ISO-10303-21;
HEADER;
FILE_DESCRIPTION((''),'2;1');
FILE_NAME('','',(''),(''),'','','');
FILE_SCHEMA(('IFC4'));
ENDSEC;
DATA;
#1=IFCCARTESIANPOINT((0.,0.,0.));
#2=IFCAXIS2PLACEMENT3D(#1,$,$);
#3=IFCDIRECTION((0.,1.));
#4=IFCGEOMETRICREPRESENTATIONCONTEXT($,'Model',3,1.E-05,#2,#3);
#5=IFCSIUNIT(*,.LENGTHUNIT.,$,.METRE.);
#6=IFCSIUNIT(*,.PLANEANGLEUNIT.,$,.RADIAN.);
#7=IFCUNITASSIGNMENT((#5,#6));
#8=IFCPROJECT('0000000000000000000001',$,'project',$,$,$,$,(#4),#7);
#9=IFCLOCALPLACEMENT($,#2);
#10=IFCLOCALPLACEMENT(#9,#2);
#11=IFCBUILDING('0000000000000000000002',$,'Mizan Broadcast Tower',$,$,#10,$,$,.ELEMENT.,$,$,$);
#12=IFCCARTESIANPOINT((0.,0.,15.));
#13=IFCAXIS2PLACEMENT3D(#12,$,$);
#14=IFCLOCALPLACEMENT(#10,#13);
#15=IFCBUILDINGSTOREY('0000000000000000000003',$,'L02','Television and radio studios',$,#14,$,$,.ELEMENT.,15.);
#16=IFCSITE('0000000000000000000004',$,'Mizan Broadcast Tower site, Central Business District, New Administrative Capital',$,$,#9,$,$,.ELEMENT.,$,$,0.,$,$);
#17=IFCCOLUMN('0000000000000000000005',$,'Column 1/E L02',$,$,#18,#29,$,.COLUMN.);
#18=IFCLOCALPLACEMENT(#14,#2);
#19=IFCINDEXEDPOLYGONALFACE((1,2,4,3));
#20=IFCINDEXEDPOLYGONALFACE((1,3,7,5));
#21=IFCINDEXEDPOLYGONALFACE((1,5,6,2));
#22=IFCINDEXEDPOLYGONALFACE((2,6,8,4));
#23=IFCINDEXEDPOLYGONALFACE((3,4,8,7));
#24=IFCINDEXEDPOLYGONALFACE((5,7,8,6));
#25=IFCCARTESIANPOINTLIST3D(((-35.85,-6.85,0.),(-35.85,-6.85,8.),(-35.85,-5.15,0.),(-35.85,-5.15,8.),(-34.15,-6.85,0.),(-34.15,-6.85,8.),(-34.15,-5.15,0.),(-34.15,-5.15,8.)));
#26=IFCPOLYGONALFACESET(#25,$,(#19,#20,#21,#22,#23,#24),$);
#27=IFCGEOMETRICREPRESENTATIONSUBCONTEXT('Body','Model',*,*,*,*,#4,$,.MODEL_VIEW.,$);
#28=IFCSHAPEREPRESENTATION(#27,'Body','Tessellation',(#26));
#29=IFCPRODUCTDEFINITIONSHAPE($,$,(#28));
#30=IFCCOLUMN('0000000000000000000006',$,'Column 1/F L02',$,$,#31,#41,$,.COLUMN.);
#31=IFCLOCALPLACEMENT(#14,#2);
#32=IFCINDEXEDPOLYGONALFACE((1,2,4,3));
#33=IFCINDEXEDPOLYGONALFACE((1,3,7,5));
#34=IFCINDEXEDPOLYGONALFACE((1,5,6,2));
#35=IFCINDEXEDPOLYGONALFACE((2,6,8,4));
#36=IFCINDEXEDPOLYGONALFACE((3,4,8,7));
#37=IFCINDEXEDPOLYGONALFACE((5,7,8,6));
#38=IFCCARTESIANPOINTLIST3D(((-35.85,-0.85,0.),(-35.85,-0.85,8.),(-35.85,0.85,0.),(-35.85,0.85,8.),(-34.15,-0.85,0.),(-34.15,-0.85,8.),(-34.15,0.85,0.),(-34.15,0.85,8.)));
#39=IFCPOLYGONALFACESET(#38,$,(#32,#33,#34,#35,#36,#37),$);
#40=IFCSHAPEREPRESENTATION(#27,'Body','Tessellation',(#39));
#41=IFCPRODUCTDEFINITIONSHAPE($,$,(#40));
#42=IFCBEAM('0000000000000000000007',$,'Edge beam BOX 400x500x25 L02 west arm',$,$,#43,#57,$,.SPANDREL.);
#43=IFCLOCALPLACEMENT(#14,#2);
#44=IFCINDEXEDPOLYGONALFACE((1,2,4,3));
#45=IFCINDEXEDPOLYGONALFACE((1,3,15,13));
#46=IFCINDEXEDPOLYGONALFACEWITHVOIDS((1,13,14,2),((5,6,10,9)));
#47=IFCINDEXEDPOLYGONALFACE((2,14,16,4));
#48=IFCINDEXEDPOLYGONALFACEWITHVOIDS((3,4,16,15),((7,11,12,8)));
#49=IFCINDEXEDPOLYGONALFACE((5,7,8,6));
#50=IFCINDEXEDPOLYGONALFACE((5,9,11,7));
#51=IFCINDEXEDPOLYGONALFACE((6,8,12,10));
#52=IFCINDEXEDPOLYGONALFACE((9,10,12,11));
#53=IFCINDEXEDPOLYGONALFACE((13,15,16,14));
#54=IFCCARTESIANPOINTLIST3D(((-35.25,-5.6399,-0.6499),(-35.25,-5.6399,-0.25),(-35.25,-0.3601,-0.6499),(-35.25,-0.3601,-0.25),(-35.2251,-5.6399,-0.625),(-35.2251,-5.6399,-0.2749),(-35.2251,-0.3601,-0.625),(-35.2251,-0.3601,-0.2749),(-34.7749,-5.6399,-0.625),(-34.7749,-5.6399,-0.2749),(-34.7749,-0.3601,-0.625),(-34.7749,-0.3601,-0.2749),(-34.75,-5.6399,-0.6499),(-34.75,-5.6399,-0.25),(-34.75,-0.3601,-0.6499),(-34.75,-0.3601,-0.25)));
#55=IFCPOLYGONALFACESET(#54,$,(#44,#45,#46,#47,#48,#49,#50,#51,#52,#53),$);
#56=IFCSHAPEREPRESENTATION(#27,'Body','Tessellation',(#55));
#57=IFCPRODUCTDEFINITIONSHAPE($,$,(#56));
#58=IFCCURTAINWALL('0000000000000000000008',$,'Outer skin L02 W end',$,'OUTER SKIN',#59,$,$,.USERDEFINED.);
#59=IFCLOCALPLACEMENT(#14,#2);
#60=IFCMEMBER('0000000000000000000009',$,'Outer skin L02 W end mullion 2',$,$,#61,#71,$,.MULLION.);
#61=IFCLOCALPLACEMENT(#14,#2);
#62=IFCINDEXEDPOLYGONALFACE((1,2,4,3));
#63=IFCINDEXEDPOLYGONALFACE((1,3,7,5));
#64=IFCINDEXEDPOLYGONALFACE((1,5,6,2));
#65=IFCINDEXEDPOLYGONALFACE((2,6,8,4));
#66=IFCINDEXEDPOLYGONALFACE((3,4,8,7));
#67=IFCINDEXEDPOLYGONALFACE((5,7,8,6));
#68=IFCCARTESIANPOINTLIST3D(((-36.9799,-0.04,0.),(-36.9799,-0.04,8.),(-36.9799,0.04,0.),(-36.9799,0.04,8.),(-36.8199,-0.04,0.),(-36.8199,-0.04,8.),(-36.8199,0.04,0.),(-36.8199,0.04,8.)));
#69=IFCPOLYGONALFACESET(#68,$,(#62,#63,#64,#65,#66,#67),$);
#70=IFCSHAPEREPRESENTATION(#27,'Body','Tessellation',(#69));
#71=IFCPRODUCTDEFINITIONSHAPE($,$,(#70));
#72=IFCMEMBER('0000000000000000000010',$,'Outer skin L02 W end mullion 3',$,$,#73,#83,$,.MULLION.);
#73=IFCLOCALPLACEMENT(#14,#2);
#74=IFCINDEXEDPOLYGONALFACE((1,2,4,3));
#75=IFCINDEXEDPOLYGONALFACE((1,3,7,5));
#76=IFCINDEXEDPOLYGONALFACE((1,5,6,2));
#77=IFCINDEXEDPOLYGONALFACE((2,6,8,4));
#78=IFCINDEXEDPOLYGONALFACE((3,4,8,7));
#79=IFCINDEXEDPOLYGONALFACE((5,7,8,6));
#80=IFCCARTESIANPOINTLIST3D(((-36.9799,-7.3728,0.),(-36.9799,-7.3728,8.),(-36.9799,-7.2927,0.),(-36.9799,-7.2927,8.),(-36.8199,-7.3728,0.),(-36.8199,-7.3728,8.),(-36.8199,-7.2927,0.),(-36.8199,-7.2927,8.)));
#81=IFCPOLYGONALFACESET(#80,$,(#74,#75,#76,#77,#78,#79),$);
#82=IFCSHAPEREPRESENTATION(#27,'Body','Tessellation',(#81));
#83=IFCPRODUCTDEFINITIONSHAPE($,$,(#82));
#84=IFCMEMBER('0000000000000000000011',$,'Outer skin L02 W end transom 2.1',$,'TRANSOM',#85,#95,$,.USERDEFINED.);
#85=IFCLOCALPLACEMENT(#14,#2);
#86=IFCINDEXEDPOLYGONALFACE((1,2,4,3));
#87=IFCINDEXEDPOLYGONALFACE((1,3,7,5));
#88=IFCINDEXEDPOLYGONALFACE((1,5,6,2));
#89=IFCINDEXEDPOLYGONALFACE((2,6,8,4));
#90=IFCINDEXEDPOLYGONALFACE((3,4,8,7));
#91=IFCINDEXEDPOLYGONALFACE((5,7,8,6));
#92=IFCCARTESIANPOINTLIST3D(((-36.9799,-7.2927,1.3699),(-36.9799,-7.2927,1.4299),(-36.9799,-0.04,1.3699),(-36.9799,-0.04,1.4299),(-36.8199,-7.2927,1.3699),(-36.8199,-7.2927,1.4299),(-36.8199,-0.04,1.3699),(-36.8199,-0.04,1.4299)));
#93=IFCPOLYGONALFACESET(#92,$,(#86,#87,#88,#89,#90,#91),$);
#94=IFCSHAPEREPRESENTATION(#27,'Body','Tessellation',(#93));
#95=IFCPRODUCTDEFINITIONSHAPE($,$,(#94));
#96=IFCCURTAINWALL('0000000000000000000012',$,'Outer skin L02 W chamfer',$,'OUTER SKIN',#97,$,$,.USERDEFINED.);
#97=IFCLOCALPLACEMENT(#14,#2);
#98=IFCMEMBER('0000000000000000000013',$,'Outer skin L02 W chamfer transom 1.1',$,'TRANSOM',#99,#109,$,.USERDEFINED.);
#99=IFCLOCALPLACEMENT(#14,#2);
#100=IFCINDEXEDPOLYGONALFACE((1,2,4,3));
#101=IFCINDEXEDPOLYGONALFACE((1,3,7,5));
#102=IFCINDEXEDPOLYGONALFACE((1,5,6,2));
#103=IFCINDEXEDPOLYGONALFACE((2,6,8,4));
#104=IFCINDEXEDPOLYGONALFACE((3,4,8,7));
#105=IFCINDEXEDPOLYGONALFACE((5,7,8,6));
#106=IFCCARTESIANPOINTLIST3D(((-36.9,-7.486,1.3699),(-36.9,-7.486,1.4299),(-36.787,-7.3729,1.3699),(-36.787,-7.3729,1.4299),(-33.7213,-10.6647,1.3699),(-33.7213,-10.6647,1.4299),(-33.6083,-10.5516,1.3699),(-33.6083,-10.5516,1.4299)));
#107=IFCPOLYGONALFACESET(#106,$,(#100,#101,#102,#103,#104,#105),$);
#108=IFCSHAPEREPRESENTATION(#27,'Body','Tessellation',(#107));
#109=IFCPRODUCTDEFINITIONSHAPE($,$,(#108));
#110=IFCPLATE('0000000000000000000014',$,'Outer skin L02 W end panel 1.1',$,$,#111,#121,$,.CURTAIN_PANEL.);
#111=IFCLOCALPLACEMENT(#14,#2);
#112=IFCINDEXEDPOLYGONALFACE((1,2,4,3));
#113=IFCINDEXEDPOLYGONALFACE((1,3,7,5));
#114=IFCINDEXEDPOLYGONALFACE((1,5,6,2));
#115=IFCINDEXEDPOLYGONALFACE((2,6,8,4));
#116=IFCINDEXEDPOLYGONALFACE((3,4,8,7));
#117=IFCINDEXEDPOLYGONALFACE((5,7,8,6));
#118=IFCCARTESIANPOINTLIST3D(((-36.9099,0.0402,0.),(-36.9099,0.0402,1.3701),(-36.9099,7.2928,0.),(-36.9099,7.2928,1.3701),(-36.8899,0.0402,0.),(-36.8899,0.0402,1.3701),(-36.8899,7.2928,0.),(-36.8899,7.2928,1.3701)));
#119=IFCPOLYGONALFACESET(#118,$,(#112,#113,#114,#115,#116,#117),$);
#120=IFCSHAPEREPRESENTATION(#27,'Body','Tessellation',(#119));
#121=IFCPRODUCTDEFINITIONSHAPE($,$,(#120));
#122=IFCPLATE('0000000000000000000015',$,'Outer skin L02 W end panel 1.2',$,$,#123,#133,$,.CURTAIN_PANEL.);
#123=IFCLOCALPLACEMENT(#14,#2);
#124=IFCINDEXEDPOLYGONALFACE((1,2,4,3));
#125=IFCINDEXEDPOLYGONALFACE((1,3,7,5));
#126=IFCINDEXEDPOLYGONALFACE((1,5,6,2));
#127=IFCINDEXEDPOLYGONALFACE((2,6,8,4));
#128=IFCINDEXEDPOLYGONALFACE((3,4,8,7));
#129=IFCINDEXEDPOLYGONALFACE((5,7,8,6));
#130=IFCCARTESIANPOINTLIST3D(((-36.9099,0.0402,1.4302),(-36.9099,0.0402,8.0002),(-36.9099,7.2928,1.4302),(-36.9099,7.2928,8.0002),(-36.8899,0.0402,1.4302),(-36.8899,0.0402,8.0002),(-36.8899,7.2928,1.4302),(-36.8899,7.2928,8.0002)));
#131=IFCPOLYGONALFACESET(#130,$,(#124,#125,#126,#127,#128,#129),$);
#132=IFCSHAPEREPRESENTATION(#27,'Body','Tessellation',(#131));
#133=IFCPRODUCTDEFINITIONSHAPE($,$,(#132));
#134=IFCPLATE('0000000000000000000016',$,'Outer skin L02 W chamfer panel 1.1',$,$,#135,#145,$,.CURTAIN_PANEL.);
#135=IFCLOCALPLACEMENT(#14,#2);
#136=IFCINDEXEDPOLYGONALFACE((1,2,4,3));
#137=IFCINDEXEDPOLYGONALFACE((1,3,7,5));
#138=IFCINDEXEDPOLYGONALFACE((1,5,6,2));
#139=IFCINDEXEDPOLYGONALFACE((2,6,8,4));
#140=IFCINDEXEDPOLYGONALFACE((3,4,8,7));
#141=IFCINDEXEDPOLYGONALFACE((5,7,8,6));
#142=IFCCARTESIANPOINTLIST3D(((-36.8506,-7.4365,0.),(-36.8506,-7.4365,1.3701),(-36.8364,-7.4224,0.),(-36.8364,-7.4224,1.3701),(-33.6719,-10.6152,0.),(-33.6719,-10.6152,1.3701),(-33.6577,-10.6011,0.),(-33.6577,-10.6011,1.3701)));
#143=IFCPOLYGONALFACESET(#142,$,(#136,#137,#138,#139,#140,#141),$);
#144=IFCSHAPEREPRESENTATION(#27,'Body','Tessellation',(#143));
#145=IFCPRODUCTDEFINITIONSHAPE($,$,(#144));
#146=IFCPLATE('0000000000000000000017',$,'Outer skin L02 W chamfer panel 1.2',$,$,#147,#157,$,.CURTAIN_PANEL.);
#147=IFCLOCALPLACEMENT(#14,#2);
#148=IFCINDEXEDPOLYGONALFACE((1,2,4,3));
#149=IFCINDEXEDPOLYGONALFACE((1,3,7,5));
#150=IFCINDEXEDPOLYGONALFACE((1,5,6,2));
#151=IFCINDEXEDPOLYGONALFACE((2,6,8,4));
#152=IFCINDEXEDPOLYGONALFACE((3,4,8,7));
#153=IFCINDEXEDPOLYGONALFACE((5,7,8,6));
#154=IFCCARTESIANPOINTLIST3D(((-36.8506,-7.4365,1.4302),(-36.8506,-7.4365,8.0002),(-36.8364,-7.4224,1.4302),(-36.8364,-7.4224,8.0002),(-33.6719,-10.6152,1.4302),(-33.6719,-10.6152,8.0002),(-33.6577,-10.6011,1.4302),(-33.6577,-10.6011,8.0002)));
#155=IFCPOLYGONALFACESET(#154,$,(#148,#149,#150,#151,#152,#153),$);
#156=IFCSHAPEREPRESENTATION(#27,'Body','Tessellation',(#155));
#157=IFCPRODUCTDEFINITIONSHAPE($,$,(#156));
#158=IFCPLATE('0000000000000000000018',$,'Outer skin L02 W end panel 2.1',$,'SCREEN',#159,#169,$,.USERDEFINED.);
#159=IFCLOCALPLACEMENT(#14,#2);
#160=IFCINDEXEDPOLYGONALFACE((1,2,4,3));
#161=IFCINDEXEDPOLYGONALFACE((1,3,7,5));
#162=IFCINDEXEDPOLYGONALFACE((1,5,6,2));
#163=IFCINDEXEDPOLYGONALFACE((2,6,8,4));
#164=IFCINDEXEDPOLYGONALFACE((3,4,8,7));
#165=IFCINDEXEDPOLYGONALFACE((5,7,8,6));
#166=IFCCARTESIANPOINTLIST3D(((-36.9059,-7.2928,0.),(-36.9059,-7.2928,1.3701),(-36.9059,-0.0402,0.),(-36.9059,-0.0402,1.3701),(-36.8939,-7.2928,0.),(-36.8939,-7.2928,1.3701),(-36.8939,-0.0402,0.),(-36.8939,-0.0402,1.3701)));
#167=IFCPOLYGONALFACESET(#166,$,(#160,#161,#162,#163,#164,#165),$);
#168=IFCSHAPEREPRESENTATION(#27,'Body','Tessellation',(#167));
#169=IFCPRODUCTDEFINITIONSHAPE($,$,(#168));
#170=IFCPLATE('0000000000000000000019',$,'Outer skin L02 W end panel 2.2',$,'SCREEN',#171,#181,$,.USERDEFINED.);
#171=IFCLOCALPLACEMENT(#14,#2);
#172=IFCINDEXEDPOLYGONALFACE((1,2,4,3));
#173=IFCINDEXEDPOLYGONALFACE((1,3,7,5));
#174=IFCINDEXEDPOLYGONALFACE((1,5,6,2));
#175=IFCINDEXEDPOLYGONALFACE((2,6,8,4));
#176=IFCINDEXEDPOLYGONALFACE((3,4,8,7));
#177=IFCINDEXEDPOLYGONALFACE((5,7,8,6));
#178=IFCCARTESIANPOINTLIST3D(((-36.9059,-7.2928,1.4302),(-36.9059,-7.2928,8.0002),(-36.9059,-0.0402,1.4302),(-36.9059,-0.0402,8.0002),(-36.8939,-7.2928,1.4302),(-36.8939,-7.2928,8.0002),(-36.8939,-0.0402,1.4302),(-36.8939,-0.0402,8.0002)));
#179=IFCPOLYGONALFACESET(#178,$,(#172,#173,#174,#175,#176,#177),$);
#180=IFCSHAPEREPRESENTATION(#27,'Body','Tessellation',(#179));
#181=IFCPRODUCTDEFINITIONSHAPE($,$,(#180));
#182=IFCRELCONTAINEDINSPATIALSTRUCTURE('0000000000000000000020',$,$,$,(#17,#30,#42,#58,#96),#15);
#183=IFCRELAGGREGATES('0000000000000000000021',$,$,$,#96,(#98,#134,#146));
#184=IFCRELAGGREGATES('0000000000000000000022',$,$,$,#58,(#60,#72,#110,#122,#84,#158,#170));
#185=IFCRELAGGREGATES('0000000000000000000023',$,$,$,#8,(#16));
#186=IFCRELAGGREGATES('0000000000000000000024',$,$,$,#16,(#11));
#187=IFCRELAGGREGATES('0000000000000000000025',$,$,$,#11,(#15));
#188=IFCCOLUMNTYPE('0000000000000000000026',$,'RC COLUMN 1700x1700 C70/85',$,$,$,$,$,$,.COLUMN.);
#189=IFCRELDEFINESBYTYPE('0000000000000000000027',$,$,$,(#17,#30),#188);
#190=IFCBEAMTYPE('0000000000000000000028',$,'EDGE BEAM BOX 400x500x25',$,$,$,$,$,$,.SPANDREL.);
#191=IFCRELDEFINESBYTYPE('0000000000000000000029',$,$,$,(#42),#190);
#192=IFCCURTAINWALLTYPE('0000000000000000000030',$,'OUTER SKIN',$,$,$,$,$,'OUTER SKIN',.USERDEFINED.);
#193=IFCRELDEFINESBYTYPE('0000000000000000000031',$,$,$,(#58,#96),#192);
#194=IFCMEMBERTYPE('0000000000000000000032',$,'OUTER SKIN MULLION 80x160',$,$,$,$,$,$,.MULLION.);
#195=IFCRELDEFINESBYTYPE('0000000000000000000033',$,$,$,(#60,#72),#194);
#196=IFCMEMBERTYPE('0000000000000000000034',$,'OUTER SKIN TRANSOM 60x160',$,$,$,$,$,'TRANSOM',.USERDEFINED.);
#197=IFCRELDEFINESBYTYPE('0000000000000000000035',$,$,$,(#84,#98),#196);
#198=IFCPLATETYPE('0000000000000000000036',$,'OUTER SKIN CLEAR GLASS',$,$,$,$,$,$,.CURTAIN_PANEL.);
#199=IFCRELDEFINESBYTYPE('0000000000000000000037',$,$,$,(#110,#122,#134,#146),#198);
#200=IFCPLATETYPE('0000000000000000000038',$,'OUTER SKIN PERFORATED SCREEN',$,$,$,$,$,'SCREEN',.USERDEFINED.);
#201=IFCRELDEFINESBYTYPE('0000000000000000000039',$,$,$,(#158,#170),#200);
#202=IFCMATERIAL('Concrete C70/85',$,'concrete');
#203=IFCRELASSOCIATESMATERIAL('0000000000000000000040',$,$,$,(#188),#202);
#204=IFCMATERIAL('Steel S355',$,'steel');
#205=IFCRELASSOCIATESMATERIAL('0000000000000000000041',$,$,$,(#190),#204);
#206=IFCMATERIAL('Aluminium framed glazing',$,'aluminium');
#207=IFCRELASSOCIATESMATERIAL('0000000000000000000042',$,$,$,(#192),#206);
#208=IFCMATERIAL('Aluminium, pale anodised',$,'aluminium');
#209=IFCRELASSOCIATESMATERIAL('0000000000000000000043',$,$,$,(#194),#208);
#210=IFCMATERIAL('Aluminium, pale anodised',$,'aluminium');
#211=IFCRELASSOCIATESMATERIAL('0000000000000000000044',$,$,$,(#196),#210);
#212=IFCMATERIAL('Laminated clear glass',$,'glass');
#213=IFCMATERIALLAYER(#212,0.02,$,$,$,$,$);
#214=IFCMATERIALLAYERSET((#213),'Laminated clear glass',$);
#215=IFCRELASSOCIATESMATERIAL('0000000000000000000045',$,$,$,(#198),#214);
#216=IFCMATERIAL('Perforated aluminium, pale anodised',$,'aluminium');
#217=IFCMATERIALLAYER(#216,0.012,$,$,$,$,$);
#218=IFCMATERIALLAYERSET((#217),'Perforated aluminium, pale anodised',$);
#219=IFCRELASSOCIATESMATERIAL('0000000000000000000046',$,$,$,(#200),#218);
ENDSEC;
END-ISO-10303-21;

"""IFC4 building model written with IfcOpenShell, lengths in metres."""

from ifc_helpers import new_model, si_unit, direction, frame, origin, origin_2d, place, context, subcontext, project, spatial, rectangle, hollow_rectangle, extrude, material, layer, layer_set, material_profile, profile_set, type_object, element, aggregate, save


model = new_model("IFC4")

# Units and contexts
model_context = context("Model", 3, precision=1e-05, world=origin(), true_north=direction((0.0, 1.0)))
body_context = subcontext(model_context, "Body", "Model", "MODEL_VIEW")
ifc_project = project(units=[si_unit("LENGTHUNIT", "METRE"), si_unit("PLANEANGLEUNIT", "RADIAN")], contexts=[model_context])

# Site, building, storey
site_placement = place(None, origin())
site = spatial("IfcSite", under=ifc_project, at=site_placement, Name="Mizan Broadcast Tower site, Central Business District, New Administrative Capital", CompositionType="ELEMENT", RefElevation=0.0)
building_placement = place(site_placement, origin())
building = spatial("IfcBuilding", under=site, at=building_placement, Name="Mizan Broadcast Tower", CompositionType="ELEMENT")
storey_placement = place(building_placement, frame((0.0, 0.0, 15.0)))
storey = spatial("IfcBuildingStorey", under=building, at=storey_placement, Name="L02", Description="Television and radio studios", CompositionType="ELEMENT", Elevation=15.0)

# Columns
ifc_material_1 = material(Name="Concrete C70/85", Category="concrete")
ifc_material_profile_1 = material_profile(ifc_material_1, rectangle(XDim=1.7, YDim=1.7, at=origin_2d()), Name="RC 1700x1700")
ifc_profile_set_1 = profile_set([ifc_material_profile_1], Name="Concrete C70/85")
column_type = type_object("IfcColumnType", Name="RC COLUMN 1700x1700 C70/85", PredefinedType="COLUMN", material=ifc_profile_set_1)
for number, where, z_axis, x_axis, name in (
    (1, (-35.0, -6.0, 0.0), (0.0, 0.0, 1.0), (1.0, 0.0, 0.0), "Column 1/E L02"),
    (2, (-35.0, 0.0, 0.0), (0.0, 0.0, 1.0), (1.0, 0.0, 0.0), "Column 1/F L02"),
):
    element("IfcColumn", number, at=place(storey_placement, frame(where, z_axis=z_axis, x_axis=x_axis)), inside=storey, type_object=column_type, Name=name, PredefinedType="COLUMN", context=body_context, shape_type="SweptSolid", body=[
        extrude(rectangle(XDim=1.7, YDim=1.7, at=origin_2d()), origin(), (0.0, 0.0, 1.0), 8.0),
    ])

# Beam
ifc_material_2 = material(Name="Steel S355", Category="steel")
ifc_material_profile_2 = material_profile(ifc_material_2, hollow_rectangle(XDim=0.5, YDim=0.3999, WallThickness=0.0249, at=origin_2d()), Name="BOX 400x500x25")
ifc_profile_set_2 = profile_set([ifc_material_profile_2], Name="Steel S355")
beam_type = type_object("IfcBeamType", Name="EDGE BEAM BOX 400x500x25", PredefinedType="SPANDREL", material=ifc_profile_set_2)
beam_placement = place(storey_placement, frame((-35.0, -5.6399, -0.45), z_axis=(0.0, 1.0, 0.0), x_axis=(-1.0, 0.0, 0.0)))
element("IfcBeam", 3, at=beam_placement, inside=storey, type_object=beam_type, Name="Edge beam BOX 400x500x25 L02 west arm", PredefinedType="SPANDREL", context=body_context, shape_type="SweptSolid", body=[
    extrude(hollow_rectangle(XDim=0.5, YDim=0.3999, WallThickness=0.0249, at=origin_2d()), origin(), (0.0, 0.0, 1.0), 5.2798),
])

# Curtain wall, members
ifc_material_3 = material(Name="Aluminium framed glazing", Category="aluminium")
curtain_wall_type = type_object("IfcCurtainWallType", Name="OUTER SKIN", ElementType="OUTER SKIN", PredefinedType="USERDEFINED", material=ifc_material_3)
curtain_wall_1_placement = place(storey_placement, origin())
curtain_wall_1 = element("IfcCurtainWall", 4, at=curtain_wall_1_placement, inside=storey, type_object=curtain_wall_type, Name="Outer skin L02 W end", ObjectType="OUTER SKIN", PredefinedType="USERDEFINED")
ifc_material_4 = material(Name="Aluminium, pale anodised", Category="aluminium")
ifc_material_profile_3 = material_profile(ifc_material_4, rectangle(XDim=0.1599, YDim=0.0801, at=origin_2d()), Name="MULLION 160x80")
ifc_profile_set_3 = profile_set([ifc_material_profile_3], Name="Aluminium, pale anodised")
member_type_1 = type_object("IfcMemberType", Name="OUTER SKIN MULLION 80x160", PredefinedType="MULLION", material=ifc_profile_set_3)
member_1_placement = place(storey_placement, frame((-36.8999, 0.0, 0.0), z_axis=(0.0, 0.0, 1.0), x_axis=(1.0, 0.0, 0.0)))
member_1 = element("IfcMember", 5, at=member_1_placement, type_object=member_type_1, Name="Outer skin L02 W end mullion 2", PredefinedType="MULLION", context=body_context, shape_type="SweptSolid", body=[
    extrude(rectangle(XDim=0.1599, YDim=0.0801, at=origin_2d()), origin(), (0.0, 0.0, 1.0), 8.0),
])
member_2_placement = place(storey_placement, frame((-36.8999, -7.3328, 0.0), z_axis=(0.0, 0.0, 1.0), x_axis=(1.0, 0.0, 0.0)))
member_2 = element("IfcMember", 6, at=member_2_placement, type_object=member_type_1, Name="Outer skin L02 W end mullion 3", PredefinedType="MULLION", context=body_context, shape_type="SweptSolid", body=[
    extrude(rectangle(XDim=0.1599, YDim=0.0801, at=origin_2d()), origin(), (0.0, 0.0, 1.0), 8.0),
])
ifc_material_5 = material(Name="Aluminium, pale anodised", Category="aluminium")
ifc_material_profile_4 = material_profile(ifc_material_5, rectangle(XDim=0.1599, YDim=0.0601, at=origin_2d()), Name="TRANSOM 160x60")
ifc_profile_set_4 = profile_set([ifc_material_profile_4], Name="Aluminium, pale anodised")
member_type_2 = type_object("IfcMemberType", Name="OUTER SKIN TRANSOM 60x160", ElementType="TRANSOM", PredefinedType="USERDEFINED", material=ifc_profile_set_4)
member_3_placement = place(storey_placement, frame((-36.8999, -0.04, 1.3999), z_axis=(0.0, -1.0, 0.0), x_axis=(1.0, 0.0, 0.0)))
member_3 = element("IfcMember", 7, at=member_3_placement, type_object=member_type_2, Name="Outer skin L02 W end transom 2.1", ObjectType="TRANSOM", PredefinedType="USERDEFINED", context=body_context, shape_type="SweptSolid", body=[
    extrude(rectangle(XDim=0.1599, YDim=0.0601, at=origin_2d()), origin(), (0.0, 0.0, 1.0), 7.2527),
])

# Curtain wall, member
curtain_wall_2_placement = place(storey_placement, origin())
curtain_wall_2 = element("IfcCurtainWall", 8, at=curtain_wall_2_placement, inside=storey, type_object=curtain_wall_type, Name="Outer skin L02 W chamfer", ObjectType="OUTER SKIN", PredefinedType="USERDEFINED")
member_4_placement = place(storey_placement, frame((-36.8435, -7.4294, 1.3999), z_axis=(0.707107, -0.707107, 0.0), x_axis=(0.707107, 0.707107, 0.0)))
member_4 = element("IfcMember", 9, at=member_4_placement, type_object=member_type_2, Name="Outer skin L02 W chamfer transom 1.1", ObjectType="TRANSOM", PredefinedType="USERDEFINED", context=body_context, shape_type="SweptSolid", body=[
    extrude(rectangle(XDim=0.1599, YDim=0.0601, at=origin_2d()), origin(), (0.0, 0.0, 1.0), 4.4954),
])

# Plates
ifc_material_6 = material(Name="Laminated clear glass", Category="glass")
ifc_layer_1 = layer(ifc_material_6, 0.02)
ifc_layer_set_1 = layer_set([ifc_layer_1], Name="Laminated clear glass")
plate_type_1 = type_object("IfcPlateType", Name="OUTER SKIN CLEAR GLASS", PredefinedType="CURTAIN_PANEL", material=ifc_layer_set_1)
plate_1_placement = place(storey_placement, frame((-36.8999, 3.6665, 0.0), z_axis=(0.0, 0.0, 1.0), x_axis=(0.0, -1.0, 0.0)))
plate_1 = element("IfcPlate", 10, at=plate_1_placement, type_object=plate_type_1, Name="Outer skin L02 W end panel 1.1", PredefinedType="CURTAIN_PANEL", context=body_context, shape_type="SweptSolid", body=[
    extrude(rectangle(XDim=7.2527, YDim=0.02, at=origin_2d()), origin(), (0.0, 0.0, 1.0), 1.3701),
])
plate_2_placement = place(storey_placement, frame((-36.8999, 3.6665, 1.4302), z_axis=(0.0, 0.0, 1.0), x_axis=(0.0, -1.0, 0.0)))
plate_2 = element("IfcPlate", 11, at=plate_2_placement, type_object=plate_type_1, Name="Outer skin L02 W end panel 1.2", PredefinedType="CURTAIN_PANEL", context=body_context, shape_type="SweptSolid", body=[
    extrude(rectangle(XDim=7.2527, YDim=0.02, at=origin_2d()), origin(), (0.0, 0.0, 1.0), 6.5701),
])
plate_3_placement = place(storey_placement, frame((-35.2542, -9.0188, 0.0), z_axis=(0.0, 0.0, 1.0), x_axis=(0.707107, -0.707107, 0.0)))
plate_3 = element("IfcPlate", 12, at=plate_3_placement, type_object=plate_type_1, Name="Outer skin L02 W chamfer panel 1.1", PredefinedType="CURTAIN_PANEL", context=body_context, shape_type="SweptSolid", body=[
    extrude(rectangle(XDim=4.4954, YDim=0.02, at=origin_2d()), origin(), (0.0, 0.0, 1.0), 1.3701),
])
plate_4_placement = place(storey_placement, frame((-35.2542, -9.0188, 1.4302), z_axis=(0.0, 0.0, 1.0), x_axis=(0.707107, -0.707107, 0.0)))
plate_4 = element("IfcPlate", 13, at=plate_4_placement, type_object=plate_type_1, Name="Outer skin L02 W chamfer panel 1.2", PredefinedType="CURTAIN_PANEL", context=body_context, shape_type="SweptSolid", body=[
    extrude(rectangle(XDim=4.4954, YDim=0.02, at=origin_2d()), origin(), (0.0, 0.0, 1.0), 6.5701),
])
aggregate(curtain_wall_2, [member_4, plate_3, plate_4])
ifc_material_7 = material(Name="Perforated aluminium, pale anodised", Category="aluminium")
ifc_layer_2 = layer(ifc_material_7, 0.012)
ifc_layer_set_2 = layer_set([ifc_layer_2], Name="Perforated aluminium, pale anodised")
plate_type_2 = type_object("IfcPlateType", Name="OUTER SKIN PERFORATED SCREEN", ElementType="SCREEN", PredefinedType="USERDEFINED", material=ifc_layer_set_2)
plate_5_placement = place(storey_placement, frame((-36.8999, -3.6665, 0.0), z_axis=(0.0, 0.0, 1.0), x_axis=(0.0, -1.0, 0.0)))
plate_5 = element("IfcPlate", 14, at=plate_5_placement, type_object=plate_type_2, Name="Outer skin L02 W end panel 2.1", ObjectType="SCREEN", PredefinedType="USERDEFINED", context=body_context, shape_type="SweptSolid", body=[
    extrude(rectangle(XDim=7.2527, YDim=0.012, at=origin_2d()), origin(), (0.0, 0.0, 1.0), 1.3701),
])
plate_6_placement = place(storey_placement, frame((-36.8999, -3.6665, 1.4302), z_axis=(0.0, 0.0, 1.0), x_axis=(0.0, -1.0, 0.0)))
plate_6 = element("IfcPlate", 15, at=plate_6_placement, type_object=plate_type_2, Name="Outer skin L02 W end panel 2.2", ObjectType="SCREEN", PredefinedType="USERDEFINED", context=body_context, shape_type="SweptSolid", body=[
    extrude(rectangle(XDim=7.2527, YDim=0.012, at=origin_2d()), origin(), (0.0, 0.0, 1.0), 6.5701),
])
aggregate(curtain_wall_1, [member_1, member_2, plate_1, plate_2, member_3, plate_5, plate_6])

save(model, "model.ifc")
